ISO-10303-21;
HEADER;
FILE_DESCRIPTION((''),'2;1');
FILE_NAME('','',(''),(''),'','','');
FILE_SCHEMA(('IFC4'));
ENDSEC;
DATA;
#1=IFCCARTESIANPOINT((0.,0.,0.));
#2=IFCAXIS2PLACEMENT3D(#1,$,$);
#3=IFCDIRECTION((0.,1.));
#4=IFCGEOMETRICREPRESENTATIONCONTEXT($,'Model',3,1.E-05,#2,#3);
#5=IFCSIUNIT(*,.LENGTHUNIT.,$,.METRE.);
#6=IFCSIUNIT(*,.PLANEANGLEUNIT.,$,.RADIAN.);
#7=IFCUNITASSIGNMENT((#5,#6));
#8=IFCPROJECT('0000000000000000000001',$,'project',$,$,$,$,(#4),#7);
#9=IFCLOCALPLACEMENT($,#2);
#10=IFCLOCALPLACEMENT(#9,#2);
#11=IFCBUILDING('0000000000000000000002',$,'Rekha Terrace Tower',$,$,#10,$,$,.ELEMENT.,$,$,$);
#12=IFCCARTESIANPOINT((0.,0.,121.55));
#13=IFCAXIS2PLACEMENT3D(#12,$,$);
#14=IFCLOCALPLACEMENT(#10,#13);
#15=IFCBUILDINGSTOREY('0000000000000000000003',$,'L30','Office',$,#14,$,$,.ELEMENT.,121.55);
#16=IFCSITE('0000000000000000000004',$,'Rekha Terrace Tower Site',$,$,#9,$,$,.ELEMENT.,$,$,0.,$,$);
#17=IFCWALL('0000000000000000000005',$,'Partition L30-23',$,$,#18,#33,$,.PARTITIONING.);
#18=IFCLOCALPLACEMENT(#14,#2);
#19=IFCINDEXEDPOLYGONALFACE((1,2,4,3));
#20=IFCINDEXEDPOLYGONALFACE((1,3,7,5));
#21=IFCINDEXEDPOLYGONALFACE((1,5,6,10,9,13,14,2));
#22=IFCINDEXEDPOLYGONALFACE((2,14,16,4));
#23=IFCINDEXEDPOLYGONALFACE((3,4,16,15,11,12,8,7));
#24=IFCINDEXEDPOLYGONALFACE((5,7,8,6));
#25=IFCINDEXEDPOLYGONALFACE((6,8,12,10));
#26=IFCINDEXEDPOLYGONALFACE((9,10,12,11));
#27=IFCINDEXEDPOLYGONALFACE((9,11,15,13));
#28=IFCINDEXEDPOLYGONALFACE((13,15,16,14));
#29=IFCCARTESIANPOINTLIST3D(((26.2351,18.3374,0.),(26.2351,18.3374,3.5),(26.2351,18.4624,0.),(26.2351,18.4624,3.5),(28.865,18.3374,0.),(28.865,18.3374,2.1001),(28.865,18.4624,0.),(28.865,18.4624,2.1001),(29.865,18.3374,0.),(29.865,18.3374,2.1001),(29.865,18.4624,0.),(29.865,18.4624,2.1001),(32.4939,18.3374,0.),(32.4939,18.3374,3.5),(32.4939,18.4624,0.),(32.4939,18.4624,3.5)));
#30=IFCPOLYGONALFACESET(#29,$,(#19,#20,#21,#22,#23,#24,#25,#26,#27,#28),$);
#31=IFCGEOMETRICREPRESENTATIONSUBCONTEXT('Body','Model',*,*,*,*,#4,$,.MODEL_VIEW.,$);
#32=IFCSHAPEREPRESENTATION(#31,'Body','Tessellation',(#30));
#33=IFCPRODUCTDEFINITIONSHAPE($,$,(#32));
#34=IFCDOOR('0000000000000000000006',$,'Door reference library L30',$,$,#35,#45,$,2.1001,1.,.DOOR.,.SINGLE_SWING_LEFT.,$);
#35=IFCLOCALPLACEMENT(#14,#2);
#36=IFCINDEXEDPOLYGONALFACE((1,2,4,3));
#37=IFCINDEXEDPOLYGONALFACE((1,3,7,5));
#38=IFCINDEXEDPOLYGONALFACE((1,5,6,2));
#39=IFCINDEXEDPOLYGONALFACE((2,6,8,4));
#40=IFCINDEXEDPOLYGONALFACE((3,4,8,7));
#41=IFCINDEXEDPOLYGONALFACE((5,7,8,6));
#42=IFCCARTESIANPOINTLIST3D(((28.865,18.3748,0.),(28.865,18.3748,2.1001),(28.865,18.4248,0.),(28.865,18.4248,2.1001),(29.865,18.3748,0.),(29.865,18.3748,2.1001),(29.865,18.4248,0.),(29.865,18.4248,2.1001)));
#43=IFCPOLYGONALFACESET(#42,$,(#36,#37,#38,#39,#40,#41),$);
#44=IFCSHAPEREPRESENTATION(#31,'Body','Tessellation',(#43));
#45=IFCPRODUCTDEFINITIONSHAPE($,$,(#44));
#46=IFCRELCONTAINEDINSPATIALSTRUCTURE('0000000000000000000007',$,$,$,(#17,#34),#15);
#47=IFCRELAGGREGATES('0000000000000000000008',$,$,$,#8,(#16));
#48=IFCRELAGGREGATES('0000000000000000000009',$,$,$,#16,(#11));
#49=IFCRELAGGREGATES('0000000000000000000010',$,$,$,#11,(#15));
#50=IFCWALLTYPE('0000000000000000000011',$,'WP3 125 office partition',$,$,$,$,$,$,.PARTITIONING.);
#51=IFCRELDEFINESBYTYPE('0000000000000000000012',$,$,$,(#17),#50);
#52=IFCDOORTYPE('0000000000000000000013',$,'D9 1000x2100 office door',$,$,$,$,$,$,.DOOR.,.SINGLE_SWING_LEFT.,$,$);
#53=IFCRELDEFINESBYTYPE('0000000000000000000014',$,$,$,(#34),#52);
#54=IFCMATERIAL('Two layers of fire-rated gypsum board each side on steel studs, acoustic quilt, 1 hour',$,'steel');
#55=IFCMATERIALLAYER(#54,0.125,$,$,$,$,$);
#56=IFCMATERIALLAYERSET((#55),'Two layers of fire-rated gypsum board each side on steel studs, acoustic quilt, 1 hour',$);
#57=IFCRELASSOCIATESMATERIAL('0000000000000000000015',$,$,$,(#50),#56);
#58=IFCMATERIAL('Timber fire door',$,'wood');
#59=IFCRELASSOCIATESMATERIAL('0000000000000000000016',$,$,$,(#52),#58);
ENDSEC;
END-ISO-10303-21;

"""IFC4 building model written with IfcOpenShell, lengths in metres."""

from ifc_helpers import new_model, si_unit, direction, frame, frame_2d, origin, place, context, subcontext, project, spatial, rectangle, extrude, material, layer, layer_set, type_object, element, fill, save


model = new_model("IFC4")

# Units and contexts
model_context = context("Model", 3, precision=1e-05, world=origin(), true_north=direction((0.0, 1.0)))
body_context = subcontext(model_context, "Body", "Model", "MODEL_VIEW")
ifc_project = project(units=[si_unit("LENGTHUNIT", "METRE"), si_unit("PLANEANGLEUNIT", "RADIAN")], contexts=[model_context])

# Site, building, storey
site_placement = place(None, origin())
site = spatial("IfcSite", under=ifc_project, at=site_placement, Name="Rekha Terrace Tower Site", CompositionType="ELEMENT", RefElevation=0.0)
building_placement = place(site_placement, origin())
building = spatial("IfcBuilding", under=site, at=building_placement, Name="Rekha Terrace Tower", CompositionType="ELEMENT")
storey_placement = place(building_placement, frame((0.0, 0.0, 121.55)))
storey = spatial("IfcBuildingStorey", under=building, at=storey_placement, Name="L30", Description="Office", CompositionType="ELEMENT", Elevation=121.55)

# Shared definitions
ifc_material_1 = material(Name="Two layers of fire-rated gypsum board each side on steel studs, acoustic quilt, 1 hour", Category="steel")
ifc_layer_1 = layer(ifc_material_1, 0.125)
ifc_layer_set_1 = layer_set([ifc_layer_1], Name="Two layers of fire-rated gypsum board each side on steel studs, acoustic quilt, 1 hour")
wall_type_1 = type_object("IfcWallType", Name="WP3 125 office partition", PredefinedType="PARTITIONING", material=ifc_layer_set_1)

# Wall, opening, door
wall_1_placement = place(storey_placement, frame((26.2351, 18.3999, 0.0), z_axis=(0.0, 0.0, 1.0), x_axis=(1.0, 0.0, 0.0)))
wall_1 = element("IfcWall", 1, at=wall_1_placement, inside=storey, type_object=wall_type_1, Name="Partition L30-23", PredefinedType="PARTITIONING", context=body_context, shape_type="SweptSolid", body=[
    extrude(rectangle(XDim=6.2588, YDim=0.125, at=frame_2d((3.1294, 0.0))), origin(), (0.0, 0.0, 1.0), 3.5),
])
opening_1_placement = place(wall_1_placement, frame((2.6299, 0.0, 0.0)))
opening_1 = element("IfcOpeningElement", 2, at=opening_1_placement, cuts=wall_1, PredefinedType="OPENING", context=body_context, shape_type="SweptSolid", body=[
    extrude(rectangle(XDim=1.0, YDim=2.1001, at=frame_2d((0.5, 1.05))), frame((0.0, 0.0725, 0.0), z_axis=(0.0, -1.0, 0.0), x_axis=(1.0, 0.0, 0.0)), (0.0, 0.0, 1.0), 0.145),
])
ifc_material_2 = material(Name="Timber fire door", Category="wood")
door_type_1 = type_object("IfcDoorType", Name="D9 1000x2100 office door", OperationType="SINGLE_SWING_LEFT", PredefinedType="DOOR", material=ifc_material_2)
door_1_placement = place(opening_1_placement, origin())
door_1 = element("IfcDoor", 3, at=door_1_placement, inside=storey, type_object=door_type_1, Name="Door reference library L30", OperationType="SINGLE_SWING_LEFT", OverallHeight=2.1001, OverallWidth=1.0, PredefinedType="DOOR", context=body_context, shape_type="SweptSolid", body=[
    extrude(rectangle(XDim=1.0, YDim=2.1001, at=frame_2d((0.5, 1.05))), frame((0.0, 0.0249, 0.0), z_axis=(0.0, -1.0, 0.0), x_axis=(1.0, 0.0, 0.0)), (0.0, 0.0, 1.0), 0.05),
])
fill(opening_1, door_1)

save(model, "model.ifc")
